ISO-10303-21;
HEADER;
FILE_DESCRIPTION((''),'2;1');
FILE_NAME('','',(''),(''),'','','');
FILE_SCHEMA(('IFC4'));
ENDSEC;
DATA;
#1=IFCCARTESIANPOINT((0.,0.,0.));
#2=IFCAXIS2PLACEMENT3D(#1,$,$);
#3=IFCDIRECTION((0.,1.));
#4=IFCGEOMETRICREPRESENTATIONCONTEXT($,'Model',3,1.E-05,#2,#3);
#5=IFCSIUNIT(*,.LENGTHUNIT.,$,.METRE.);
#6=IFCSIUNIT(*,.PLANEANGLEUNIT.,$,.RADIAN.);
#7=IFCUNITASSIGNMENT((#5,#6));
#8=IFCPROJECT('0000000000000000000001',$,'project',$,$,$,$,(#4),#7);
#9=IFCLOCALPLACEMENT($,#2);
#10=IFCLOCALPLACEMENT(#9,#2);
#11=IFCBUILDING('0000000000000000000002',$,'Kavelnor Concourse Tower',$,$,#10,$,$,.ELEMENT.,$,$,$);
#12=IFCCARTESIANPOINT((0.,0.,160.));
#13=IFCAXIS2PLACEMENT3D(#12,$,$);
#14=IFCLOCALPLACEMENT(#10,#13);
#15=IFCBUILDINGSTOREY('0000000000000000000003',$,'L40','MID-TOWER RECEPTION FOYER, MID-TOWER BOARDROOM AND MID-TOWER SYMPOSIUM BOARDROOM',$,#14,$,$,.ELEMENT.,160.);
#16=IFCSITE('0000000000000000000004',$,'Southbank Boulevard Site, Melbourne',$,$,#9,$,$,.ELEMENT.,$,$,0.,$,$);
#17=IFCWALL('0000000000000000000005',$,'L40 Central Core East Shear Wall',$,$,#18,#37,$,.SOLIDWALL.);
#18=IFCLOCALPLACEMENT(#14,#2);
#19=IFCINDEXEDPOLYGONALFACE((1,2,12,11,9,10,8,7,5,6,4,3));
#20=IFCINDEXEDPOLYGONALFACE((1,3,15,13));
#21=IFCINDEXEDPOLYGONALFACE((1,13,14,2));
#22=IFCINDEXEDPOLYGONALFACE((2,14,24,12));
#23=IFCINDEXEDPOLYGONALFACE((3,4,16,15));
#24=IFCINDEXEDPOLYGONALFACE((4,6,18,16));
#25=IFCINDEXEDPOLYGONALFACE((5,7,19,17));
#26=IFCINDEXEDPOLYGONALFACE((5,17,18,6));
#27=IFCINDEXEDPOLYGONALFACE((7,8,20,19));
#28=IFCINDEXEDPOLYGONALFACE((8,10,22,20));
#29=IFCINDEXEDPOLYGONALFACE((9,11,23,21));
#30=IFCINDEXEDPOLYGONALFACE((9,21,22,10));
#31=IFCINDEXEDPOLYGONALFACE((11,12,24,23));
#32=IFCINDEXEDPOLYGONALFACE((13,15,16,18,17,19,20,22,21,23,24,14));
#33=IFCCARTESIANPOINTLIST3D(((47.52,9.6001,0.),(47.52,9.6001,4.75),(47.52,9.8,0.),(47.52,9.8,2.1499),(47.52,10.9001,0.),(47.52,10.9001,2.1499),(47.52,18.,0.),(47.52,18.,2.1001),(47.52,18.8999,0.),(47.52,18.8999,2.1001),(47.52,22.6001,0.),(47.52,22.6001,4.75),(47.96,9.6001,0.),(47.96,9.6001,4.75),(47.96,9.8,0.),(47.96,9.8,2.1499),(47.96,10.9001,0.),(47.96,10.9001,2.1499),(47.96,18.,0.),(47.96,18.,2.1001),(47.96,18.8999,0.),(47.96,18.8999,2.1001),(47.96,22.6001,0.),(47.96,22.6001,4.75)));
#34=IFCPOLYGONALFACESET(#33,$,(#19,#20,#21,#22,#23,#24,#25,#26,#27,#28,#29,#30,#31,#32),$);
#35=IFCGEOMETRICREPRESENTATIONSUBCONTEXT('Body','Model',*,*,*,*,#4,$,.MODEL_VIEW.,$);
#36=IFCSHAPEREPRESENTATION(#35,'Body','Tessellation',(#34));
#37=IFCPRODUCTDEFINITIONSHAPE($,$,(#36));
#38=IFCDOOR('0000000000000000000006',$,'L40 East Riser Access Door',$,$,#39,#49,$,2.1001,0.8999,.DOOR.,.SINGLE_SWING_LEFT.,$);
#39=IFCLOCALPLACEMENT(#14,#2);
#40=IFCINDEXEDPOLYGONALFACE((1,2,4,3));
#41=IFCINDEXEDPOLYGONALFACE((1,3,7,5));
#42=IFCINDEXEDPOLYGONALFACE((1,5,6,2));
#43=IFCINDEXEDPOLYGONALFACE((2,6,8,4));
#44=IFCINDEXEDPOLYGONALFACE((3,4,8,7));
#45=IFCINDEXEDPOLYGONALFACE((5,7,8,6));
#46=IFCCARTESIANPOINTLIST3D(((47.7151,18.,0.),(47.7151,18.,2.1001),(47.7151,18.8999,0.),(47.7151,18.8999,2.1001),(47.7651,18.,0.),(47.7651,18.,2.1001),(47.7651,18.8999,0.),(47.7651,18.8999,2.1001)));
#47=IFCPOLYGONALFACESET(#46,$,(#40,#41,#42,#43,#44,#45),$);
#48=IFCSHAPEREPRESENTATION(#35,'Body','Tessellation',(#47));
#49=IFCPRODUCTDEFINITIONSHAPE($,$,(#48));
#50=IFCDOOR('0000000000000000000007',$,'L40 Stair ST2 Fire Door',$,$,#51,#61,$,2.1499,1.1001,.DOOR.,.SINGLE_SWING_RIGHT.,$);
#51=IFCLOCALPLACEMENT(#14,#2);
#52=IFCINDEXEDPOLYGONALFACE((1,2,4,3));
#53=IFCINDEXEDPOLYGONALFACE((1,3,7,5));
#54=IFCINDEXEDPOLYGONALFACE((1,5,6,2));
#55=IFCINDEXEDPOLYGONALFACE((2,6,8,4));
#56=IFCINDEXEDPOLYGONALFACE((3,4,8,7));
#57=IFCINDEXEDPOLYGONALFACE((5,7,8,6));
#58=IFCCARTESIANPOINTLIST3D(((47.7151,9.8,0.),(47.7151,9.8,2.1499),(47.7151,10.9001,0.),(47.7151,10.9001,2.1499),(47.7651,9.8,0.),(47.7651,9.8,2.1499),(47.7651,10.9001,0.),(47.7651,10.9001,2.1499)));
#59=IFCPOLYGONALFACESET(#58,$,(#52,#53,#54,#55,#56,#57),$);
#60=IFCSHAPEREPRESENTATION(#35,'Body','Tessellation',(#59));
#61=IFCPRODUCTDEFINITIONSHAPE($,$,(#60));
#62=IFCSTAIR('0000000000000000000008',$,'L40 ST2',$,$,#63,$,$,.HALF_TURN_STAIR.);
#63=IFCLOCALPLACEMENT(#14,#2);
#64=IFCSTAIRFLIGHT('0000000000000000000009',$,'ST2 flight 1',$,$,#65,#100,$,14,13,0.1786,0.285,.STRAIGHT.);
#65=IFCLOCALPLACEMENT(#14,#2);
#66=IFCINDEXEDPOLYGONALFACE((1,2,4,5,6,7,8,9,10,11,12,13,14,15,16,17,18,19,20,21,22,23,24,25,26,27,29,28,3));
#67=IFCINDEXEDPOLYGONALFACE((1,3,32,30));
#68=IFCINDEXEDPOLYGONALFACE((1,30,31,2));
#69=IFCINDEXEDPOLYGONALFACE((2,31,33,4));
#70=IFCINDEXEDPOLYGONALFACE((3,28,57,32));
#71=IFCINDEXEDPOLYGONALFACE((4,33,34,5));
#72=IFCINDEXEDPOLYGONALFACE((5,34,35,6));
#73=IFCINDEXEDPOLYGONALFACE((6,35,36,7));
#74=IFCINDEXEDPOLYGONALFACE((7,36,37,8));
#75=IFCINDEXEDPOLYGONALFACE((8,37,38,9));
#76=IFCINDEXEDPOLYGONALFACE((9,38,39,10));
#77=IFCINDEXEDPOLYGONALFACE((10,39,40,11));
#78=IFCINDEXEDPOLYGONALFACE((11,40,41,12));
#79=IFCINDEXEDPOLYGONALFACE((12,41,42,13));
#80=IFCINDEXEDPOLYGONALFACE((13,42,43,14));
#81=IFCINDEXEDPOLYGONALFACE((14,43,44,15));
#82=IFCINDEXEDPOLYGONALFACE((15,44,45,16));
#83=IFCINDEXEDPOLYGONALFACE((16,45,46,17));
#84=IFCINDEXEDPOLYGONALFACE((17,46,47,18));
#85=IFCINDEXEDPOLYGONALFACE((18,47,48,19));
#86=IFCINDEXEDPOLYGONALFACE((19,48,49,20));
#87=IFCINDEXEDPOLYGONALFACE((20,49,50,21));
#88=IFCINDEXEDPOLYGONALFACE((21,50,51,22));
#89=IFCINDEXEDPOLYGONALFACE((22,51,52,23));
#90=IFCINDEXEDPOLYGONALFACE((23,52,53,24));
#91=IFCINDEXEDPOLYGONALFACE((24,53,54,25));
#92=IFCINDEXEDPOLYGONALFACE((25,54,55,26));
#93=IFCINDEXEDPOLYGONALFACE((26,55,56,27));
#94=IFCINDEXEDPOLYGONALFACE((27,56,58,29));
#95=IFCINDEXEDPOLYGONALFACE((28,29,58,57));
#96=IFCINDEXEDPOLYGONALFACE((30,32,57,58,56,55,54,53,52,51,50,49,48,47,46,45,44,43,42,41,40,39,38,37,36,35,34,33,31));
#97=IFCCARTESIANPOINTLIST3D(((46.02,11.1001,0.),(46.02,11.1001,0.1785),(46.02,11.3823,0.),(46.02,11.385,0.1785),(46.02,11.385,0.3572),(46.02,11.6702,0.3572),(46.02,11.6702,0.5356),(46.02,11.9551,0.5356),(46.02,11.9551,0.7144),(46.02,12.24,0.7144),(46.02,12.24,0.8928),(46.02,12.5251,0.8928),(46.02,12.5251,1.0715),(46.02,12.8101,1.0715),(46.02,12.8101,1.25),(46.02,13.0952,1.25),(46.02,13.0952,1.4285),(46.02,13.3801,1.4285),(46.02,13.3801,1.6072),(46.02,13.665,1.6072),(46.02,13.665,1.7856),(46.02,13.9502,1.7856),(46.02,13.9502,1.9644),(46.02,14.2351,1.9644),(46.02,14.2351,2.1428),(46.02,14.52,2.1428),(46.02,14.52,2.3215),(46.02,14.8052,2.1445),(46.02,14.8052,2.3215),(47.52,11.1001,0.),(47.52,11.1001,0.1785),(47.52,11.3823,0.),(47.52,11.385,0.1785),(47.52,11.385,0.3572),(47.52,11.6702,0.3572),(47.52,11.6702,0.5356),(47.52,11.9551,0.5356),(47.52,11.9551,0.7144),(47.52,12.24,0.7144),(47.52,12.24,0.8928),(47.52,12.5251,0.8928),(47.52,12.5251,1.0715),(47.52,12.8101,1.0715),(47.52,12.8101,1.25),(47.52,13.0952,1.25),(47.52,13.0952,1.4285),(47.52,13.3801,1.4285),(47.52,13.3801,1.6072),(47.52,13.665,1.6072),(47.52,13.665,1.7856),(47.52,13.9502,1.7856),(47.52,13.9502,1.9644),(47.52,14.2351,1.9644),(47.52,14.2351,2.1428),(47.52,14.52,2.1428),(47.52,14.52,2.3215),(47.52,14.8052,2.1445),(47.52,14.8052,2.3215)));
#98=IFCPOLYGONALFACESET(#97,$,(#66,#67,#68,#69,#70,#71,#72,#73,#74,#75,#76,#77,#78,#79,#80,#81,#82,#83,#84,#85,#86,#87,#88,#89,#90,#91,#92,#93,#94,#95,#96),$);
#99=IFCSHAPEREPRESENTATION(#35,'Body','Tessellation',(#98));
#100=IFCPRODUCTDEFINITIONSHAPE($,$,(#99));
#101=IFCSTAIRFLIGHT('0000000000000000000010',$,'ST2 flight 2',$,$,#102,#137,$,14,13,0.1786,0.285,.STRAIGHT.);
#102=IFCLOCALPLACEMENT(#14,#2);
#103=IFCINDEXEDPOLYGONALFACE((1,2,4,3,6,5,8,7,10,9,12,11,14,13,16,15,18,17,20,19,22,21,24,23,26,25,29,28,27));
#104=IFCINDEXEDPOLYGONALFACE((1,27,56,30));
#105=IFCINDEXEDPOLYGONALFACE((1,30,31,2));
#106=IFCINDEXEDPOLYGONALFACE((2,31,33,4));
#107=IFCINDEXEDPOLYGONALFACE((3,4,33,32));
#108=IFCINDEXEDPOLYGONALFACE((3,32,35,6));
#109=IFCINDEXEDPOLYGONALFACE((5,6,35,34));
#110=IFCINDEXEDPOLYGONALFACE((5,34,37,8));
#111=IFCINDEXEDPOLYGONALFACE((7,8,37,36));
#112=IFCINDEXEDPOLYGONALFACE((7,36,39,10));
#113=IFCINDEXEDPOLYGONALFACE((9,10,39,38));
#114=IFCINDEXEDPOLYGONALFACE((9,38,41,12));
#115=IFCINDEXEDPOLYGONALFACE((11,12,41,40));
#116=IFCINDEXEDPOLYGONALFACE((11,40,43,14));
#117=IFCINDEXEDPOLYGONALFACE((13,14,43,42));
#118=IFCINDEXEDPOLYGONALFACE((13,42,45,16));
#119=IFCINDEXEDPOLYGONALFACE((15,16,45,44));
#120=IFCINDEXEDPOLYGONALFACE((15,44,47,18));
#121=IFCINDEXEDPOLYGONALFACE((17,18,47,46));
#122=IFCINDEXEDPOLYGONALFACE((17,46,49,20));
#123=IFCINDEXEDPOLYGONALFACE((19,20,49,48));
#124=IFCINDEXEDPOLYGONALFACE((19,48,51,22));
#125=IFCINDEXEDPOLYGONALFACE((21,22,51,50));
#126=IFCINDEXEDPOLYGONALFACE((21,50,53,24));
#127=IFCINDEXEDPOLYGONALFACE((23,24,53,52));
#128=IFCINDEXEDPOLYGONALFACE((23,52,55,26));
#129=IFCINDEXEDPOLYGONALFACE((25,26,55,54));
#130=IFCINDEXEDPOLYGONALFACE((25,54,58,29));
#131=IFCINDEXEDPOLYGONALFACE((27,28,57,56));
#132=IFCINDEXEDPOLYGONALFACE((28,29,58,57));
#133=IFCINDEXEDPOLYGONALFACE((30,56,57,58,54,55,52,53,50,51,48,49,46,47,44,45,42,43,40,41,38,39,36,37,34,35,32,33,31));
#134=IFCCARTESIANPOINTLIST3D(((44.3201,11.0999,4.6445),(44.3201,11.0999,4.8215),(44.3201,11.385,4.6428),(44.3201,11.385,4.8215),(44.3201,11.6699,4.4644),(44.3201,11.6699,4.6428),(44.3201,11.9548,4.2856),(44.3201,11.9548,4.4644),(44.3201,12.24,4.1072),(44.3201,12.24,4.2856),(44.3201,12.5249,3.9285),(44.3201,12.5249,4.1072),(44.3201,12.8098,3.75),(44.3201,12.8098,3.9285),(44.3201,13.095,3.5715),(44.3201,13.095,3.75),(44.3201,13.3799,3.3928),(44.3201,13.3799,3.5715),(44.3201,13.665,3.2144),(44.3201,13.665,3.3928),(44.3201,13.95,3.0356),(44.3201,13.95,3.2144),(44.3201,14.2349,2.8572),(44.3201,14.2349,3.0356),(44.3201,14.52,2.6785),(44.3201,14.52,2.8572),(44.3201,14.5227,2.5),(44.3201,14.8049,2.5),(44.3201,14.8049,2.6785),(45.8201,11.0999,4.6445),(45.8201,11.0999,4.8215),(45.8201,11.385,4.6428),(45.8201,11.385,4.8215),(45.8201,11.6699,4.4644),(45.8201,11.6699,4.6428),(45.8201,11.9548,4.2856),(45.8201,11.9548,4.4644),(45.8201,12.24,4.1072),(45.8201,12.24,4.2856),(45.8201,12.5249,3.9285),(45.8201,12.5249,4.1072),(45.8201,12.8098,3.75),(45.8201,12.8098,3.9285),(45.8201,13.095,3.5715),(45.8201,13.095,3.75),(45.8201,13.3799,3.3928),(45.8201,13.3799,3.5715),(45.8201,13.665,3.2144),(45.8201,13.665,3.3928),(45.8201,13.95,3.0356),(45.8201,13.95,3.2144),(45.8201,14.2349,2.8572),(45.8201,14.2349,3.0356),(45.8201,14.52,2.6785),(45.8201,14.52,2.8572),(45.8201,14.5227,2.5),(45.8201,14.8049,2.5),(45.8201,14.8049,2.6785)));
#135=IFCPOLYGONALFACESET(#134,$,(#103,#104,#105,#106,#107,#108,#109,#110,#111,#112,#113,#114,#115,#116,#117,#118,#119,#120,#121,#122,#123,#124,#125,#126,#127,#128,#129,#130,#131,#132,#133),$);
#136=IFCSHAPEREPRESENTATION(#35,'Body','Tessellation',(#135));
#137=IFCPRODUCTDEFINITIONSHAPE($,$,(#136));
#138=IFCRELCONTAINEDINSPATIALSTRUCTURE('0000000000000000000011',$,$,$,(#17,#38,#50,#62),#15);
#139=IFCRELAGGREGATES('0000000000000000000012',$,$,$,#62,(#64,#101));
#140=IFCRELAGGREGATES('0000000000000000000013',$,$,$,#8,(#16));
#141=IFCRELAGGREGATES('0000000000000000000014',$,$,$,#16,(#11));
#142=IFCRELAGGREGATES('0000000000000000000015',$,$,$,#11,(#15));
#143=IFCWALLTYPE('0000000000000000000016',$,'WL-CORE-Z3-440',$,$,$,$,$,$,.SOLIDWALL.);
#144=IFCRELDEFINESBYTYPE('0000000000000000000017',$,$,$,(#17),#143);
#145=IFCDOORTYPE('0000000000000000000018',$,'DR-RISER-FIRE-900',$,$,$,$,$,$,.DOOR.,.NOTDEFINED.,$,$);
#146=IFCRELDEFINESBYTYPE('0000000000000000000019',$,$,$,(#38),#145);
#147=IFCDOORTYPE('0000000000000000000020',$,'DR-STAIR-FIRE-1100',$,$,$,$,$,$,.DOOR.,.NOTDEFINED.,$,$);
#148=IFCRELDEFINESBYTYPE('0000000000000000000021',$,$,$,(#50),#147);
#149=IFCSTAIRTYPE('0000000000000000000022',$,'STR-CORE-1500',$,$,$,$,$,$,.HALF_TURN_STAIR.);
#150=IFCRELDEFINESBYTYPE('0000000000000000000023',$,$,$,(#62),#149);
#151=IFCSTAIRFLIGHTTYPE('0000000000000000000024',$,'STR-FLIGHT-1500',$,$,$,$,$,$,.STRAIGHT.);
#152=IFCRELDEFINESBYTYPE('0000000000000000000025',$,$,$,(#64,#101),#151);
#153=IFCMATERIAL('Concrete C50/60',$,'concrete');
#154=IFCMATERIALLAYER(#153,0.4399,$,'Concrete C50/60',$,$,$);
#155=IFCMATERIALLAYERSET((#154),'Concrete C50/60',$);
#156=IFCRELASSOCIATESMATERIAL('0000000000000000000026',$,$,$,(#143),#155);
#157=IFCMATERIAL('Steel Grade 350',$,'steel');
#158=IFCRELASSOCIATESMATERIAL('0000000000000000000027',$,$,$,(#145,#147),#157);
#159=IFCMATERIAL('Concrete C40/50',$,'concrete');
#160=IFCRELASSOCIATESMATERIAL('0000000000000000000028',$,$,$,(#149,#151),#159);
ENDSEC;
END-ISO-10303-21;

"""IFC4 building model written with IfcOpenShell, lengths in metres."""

from ifc_helpers import new_model, si_unit, direction, frame, frame_2d, origin, place, context, subcontext, project, spatial, polyline, rectangle, outline, extrude, material, layer, layer_set, type_object, element, fill, aggregate, save


model = new_model("IFC4")

# Units and contexts
model_context = context("Model", 3, precision=1e-05, world=origin(), true_north=direction((0.0, 1.0)))
body_context = subcontext(model_context, "Body", "Model", "MODEL_VIEW")
ifc_project = project(units=[si_unit("LENGTHUNIT", "METRE"), si_unit("PLANEANGLEUNIT", "RADIAN")], contexts=[model_context])

# Site, building, storey
site_placement = place(None, origin())
site = spatial("IfcSite", under=ifc_project, at=site_placement, Name="Southbank Boulevard Site, Melbourne", CompositionType="ELEMENT", RefElevation=0.0)
building_placement = place(site_placement, origin())
building = spatial("IfcBuilding", under=site, at=building_placement, Name="Kavelnor Concourse Tower", CompositionType="ELEMENT")
storey_placement = place(building_placement, frame((0.0, 0.0, 160.0)))
storey = spatial("IfcBuildingStorey", under=building, at=storey_placement, Name="L40", Description="MID-TOWER RECEPTION FOYER, MID-TOWER BOARDROOM AND MID-TOWER SYMPOSIUM BOARDROOM", CompositionType="ELEMENT", Elevation=160.0)

# Shared definitions
ifc_material_1 = material(Name="Steel Grade 350", Category="steel")

# Wall, openings, doors
ifc_material_2 = material(Name="Concrete C50/60", Category="concrete")
ifc_layer_1 = layer(ifc_material_2, 0.4399, Name="Concrete C50/60")
ifc_layer_set_1 = layer_set([ifc_layer_1], Name="Concrete C50/60")
wall_type = type_object("IfcWallType", Name="WL-CORE-Z3-440", PredefinedType="SOLIDWALL", material=ifc_layer_set_1)
wall_placement = place(storey_placement, frame((47.74, 9.6001, 0.0), z_axis=(0.0, 0.0, 1.0), x_axis=(0.0, 1.0, 0.0)))
wall = element("IfcWall", 1, at=wall_placement, inside=storey, type_object=wall_type, Name="L40 Central Core East Shear Wall", PredefinedType="SOLIDWALL", context=body_context, shape_type="SweptSolid", body=[
    extrude(rectangle(XDim=13.0, YDim=0.4399, at=frame_2d((6.5, 0.0))), origin(), (0.0, 0.0, 1.0), 4.75),
])
opening_1_placement = place(wall_placement, frame((0.2, 0.0, 0.0)))
opening_1 = element("IfcOpeningElement", 2, at=opening_1_placement, cuts=wall, PredefinedType="OPENING", context=body_context, shape_type="SweptSolid", body=[
    extrude(rectangle(XDim=1.1001, YDim=2.1499, at=frame_2d((0.55, 1.075))), frame((0.0, 0.23, 0.0), z_axis=(0.0, -1.0, 0.0), x_axis=(1.0, 0.0, 0.0)), (0.0, 0.0, 1.0), 0.46),
])
opening_2_placement = place(wall_placement, frame((8.3999, 0.0, 0.0)))
opening_2 = element("IfcOpeningElement", 3, at=opening_2_placement, cuts=wall, PredefinedType="OPENING", context=body_context, shape_type="SweptSolid", body=[
    extrude(rectangle(XDim=0.8999, YDim=2.1001, at=frame_2d((0.45, 1.05))), frame((0.0, 0.23, 0.0), z_axis=(0.0, -1.0, 0.0), x_axis=(1.0, 0.0, 0.0)), (0.0, 0.0, 1.0), 0.46),
])
door_type_1 = type_object("IfcDoorType", Name="DR-RISER-FIRE-900", OperationType="NOTDEFINED", PredefinedType="DOOR", material=ifc_material_1)
door_1_placement = place(opening_2_placement, origin())
door_1 = element("IfcDoor", 4, at=door_1_placement, inside=storey, type_object=door_type_1, Name="L40 East Riser Access Door", OperationType="SINGLE_SWING_LEFT", OverallHeight=2.1001, OverallWidth=0.8999, PredefinedType="DOOR", context=body_context, shape_type="SweptSolid", body=[
    extrude(rectangle(XDim=0.8999, YDim=2.1001, at=frame_2d((0.45, 1.05))), frame((0.0, 0.0249, 0.0), z_axis=(0.0, -1.0, 0.0), x_axis=(1.0, 0.0, 0.0)), (0.0, 0.0, 1.0), 0.05),
])
fill(opening_2, door_1)
door_type_2 = type_object("IfcDoorType", Name="DR-STAIR-FIRE-1100", OperationType="NOTDEFINED", PredefinedType="DOOR", material=ifc_material_1)
door_2_placement = place(opening_1_placement, origin())
door_2 = element("IfcDoor", 5, at=door_2_placement, inside=storey, type_object=door_type_2, Name="L40 Stair ST2 Fire Door", OperationType="SINGLE_SWING_RIGHT", OverallHeight=2.1499, OverallWidth=1.1001, PredefinedType="DOOR", context=body_context, shape_type="SweptSolid", body=[
    extrude(rectangle(XDim=1.1001, YDim=2.1499, at=frame_2d((0.55, 1.075))), frame((0.0, 0.0249, 0.0), z_axis=(0.0, -1.0, 0.0), x_axis=(1.0, 0.0, 0.0)), (0.0, 0.0, 1.0), 0.05),
])
fill(opening_1, door_2)

# Stair, stair flights
ifc_material_3 = material(Name="Concrete C40/50", Category="concrete")
stair_type = type_object("IfcStairType", Name="STR-CORE-1500", PredefinedType="HALF_TURN_STAIR", material=ifc_material_3)
stair_placement = place(storey_placement, origin())
stair = element("IfcStair", 6, at=stair_placement, inside=storey, type_object=stair_type, Name="L40 ST2", PredefinedType="HALF_TURN_STAIR")
stair_flight_type = type_object("IfcStairFlightType", Name="STR-FLIGHT-1500", PredefinedType="STRAIGHT", material=ifc_material_3)
stair_flight_1_placement = place(storey_placement, frame((46.77, 11.1001, 0.0), z_axis=(0.0, 0.0, 1.0), x_axis=(0.0, 1.0, 0.0)))
stair_flight_1 = element("IfcStairFlight", 7, at=stair_flight_1_placement, type_object=stair_flight_type, Name="ST2 flight 1", NumberOfRisers=14, NumberOfTreads=13, PredefinedType="STRAIGHT", RiserHeight=0.1786, TreadLength=0.285, context=body_context, shape_type="SweptSolid", body=[
    extrude(outline(polyline([(0.0, 0.0), (0.0, 0.1785), (0.2849, 0.1785), (0.2849, 0.3572), (0.5701, 0.3572), (0.5701, 0.5356), (0.855, 0.5356), (0.855, 0.7144), (1.1399, 0.7144), (1.1399, 0.8928), (1.425, 0.8928), (1.425, 1.0715), (1.71, 1.0715), (1.71, 1.25), (1.9951, 1.25), (1.9951, 1.4285), (2.28, 1.4285), (2.28, 1.6072), (2.5649, 1.6072), (2.5649, 1.7856), (2.8501, 1.7856), (2.8501, 1.9644), (3.135, 1.9644), (3.135, 2.1428), (3.4199, 2.1428), (3.4199, 2.3215), (3.7051, 2.3215), (3.7051, 2.5), (3.7051, 2.1445), (0.2822, 0.0), (0.0, 0.0)])), frame((0.0, 0.75, 0.0), z_axis=(0.0, -1.0, 0.0), x_axis=(1.0, 0.0, 0.0)), (0.0, 0.0, 1.0), 1.5),
])
stair_flight_2_placement = place(storey_placement, frame((45.0701, 14.8049, 2.5), z_axis=(0.0, 0.0, 1.0), x_axis=(0.0, -1.0, 0.0)))
stair_flight_2 = element("IfcStairFlight", 8, at=stair_flight_2_placement, type_object=stair_flight_type, Name="ST2 flight 2", NumberOfRisers=14, NumberOfTreads=13, PredefinedType="STRAIGHT", RiserHeight=0.1786, TreadLength=0.285, context=body_context, shape_type="SweptSolid", body=[
    extrude(outline(polyline([(0.0, 0.0), (0.0, 0.1785), (0.2849, 0.1785), (0.2849, 0.3572), (0.5701, 0.3572), (0.5701, 0.5356), (0.855, 0.5356), (0.855, 0.7144), (1.1399, 0.7144), (1.1399, 0.8928), (1.425, 0.8928), (1.425, 1.0715), (1.71, 1.0715), (1.71, 1.25), (1.9951, 1.25), (1.9951, 1.4285), (2.28, 1.4285), (2.28, 1.6072), (2.5649, 1.6072), (2.5649, 1.7856), (2.8501, 1.7856), (2.8501, 1.9644), (3.135, 1.9644), (3.135, 2.1428), (3.4199, 2.1428), (3.4199, 2.3215), (3.7051, 2.3215), (3.7051, 2.5), (3.7051, 2.1445), (0.2822, 0.0), (0.0, 0.0)])), frame((0.0, 0.75, 0.0), z_axis=(0.0, -1.0, 0.0), x_axis=(1.0, 0.0, 0.0)), (0.0, 0.0, 1.0), 1.5),
])
aggregate(stair, [stair_flight_1, stair_flight_2])

save(model, "model.ifc")
